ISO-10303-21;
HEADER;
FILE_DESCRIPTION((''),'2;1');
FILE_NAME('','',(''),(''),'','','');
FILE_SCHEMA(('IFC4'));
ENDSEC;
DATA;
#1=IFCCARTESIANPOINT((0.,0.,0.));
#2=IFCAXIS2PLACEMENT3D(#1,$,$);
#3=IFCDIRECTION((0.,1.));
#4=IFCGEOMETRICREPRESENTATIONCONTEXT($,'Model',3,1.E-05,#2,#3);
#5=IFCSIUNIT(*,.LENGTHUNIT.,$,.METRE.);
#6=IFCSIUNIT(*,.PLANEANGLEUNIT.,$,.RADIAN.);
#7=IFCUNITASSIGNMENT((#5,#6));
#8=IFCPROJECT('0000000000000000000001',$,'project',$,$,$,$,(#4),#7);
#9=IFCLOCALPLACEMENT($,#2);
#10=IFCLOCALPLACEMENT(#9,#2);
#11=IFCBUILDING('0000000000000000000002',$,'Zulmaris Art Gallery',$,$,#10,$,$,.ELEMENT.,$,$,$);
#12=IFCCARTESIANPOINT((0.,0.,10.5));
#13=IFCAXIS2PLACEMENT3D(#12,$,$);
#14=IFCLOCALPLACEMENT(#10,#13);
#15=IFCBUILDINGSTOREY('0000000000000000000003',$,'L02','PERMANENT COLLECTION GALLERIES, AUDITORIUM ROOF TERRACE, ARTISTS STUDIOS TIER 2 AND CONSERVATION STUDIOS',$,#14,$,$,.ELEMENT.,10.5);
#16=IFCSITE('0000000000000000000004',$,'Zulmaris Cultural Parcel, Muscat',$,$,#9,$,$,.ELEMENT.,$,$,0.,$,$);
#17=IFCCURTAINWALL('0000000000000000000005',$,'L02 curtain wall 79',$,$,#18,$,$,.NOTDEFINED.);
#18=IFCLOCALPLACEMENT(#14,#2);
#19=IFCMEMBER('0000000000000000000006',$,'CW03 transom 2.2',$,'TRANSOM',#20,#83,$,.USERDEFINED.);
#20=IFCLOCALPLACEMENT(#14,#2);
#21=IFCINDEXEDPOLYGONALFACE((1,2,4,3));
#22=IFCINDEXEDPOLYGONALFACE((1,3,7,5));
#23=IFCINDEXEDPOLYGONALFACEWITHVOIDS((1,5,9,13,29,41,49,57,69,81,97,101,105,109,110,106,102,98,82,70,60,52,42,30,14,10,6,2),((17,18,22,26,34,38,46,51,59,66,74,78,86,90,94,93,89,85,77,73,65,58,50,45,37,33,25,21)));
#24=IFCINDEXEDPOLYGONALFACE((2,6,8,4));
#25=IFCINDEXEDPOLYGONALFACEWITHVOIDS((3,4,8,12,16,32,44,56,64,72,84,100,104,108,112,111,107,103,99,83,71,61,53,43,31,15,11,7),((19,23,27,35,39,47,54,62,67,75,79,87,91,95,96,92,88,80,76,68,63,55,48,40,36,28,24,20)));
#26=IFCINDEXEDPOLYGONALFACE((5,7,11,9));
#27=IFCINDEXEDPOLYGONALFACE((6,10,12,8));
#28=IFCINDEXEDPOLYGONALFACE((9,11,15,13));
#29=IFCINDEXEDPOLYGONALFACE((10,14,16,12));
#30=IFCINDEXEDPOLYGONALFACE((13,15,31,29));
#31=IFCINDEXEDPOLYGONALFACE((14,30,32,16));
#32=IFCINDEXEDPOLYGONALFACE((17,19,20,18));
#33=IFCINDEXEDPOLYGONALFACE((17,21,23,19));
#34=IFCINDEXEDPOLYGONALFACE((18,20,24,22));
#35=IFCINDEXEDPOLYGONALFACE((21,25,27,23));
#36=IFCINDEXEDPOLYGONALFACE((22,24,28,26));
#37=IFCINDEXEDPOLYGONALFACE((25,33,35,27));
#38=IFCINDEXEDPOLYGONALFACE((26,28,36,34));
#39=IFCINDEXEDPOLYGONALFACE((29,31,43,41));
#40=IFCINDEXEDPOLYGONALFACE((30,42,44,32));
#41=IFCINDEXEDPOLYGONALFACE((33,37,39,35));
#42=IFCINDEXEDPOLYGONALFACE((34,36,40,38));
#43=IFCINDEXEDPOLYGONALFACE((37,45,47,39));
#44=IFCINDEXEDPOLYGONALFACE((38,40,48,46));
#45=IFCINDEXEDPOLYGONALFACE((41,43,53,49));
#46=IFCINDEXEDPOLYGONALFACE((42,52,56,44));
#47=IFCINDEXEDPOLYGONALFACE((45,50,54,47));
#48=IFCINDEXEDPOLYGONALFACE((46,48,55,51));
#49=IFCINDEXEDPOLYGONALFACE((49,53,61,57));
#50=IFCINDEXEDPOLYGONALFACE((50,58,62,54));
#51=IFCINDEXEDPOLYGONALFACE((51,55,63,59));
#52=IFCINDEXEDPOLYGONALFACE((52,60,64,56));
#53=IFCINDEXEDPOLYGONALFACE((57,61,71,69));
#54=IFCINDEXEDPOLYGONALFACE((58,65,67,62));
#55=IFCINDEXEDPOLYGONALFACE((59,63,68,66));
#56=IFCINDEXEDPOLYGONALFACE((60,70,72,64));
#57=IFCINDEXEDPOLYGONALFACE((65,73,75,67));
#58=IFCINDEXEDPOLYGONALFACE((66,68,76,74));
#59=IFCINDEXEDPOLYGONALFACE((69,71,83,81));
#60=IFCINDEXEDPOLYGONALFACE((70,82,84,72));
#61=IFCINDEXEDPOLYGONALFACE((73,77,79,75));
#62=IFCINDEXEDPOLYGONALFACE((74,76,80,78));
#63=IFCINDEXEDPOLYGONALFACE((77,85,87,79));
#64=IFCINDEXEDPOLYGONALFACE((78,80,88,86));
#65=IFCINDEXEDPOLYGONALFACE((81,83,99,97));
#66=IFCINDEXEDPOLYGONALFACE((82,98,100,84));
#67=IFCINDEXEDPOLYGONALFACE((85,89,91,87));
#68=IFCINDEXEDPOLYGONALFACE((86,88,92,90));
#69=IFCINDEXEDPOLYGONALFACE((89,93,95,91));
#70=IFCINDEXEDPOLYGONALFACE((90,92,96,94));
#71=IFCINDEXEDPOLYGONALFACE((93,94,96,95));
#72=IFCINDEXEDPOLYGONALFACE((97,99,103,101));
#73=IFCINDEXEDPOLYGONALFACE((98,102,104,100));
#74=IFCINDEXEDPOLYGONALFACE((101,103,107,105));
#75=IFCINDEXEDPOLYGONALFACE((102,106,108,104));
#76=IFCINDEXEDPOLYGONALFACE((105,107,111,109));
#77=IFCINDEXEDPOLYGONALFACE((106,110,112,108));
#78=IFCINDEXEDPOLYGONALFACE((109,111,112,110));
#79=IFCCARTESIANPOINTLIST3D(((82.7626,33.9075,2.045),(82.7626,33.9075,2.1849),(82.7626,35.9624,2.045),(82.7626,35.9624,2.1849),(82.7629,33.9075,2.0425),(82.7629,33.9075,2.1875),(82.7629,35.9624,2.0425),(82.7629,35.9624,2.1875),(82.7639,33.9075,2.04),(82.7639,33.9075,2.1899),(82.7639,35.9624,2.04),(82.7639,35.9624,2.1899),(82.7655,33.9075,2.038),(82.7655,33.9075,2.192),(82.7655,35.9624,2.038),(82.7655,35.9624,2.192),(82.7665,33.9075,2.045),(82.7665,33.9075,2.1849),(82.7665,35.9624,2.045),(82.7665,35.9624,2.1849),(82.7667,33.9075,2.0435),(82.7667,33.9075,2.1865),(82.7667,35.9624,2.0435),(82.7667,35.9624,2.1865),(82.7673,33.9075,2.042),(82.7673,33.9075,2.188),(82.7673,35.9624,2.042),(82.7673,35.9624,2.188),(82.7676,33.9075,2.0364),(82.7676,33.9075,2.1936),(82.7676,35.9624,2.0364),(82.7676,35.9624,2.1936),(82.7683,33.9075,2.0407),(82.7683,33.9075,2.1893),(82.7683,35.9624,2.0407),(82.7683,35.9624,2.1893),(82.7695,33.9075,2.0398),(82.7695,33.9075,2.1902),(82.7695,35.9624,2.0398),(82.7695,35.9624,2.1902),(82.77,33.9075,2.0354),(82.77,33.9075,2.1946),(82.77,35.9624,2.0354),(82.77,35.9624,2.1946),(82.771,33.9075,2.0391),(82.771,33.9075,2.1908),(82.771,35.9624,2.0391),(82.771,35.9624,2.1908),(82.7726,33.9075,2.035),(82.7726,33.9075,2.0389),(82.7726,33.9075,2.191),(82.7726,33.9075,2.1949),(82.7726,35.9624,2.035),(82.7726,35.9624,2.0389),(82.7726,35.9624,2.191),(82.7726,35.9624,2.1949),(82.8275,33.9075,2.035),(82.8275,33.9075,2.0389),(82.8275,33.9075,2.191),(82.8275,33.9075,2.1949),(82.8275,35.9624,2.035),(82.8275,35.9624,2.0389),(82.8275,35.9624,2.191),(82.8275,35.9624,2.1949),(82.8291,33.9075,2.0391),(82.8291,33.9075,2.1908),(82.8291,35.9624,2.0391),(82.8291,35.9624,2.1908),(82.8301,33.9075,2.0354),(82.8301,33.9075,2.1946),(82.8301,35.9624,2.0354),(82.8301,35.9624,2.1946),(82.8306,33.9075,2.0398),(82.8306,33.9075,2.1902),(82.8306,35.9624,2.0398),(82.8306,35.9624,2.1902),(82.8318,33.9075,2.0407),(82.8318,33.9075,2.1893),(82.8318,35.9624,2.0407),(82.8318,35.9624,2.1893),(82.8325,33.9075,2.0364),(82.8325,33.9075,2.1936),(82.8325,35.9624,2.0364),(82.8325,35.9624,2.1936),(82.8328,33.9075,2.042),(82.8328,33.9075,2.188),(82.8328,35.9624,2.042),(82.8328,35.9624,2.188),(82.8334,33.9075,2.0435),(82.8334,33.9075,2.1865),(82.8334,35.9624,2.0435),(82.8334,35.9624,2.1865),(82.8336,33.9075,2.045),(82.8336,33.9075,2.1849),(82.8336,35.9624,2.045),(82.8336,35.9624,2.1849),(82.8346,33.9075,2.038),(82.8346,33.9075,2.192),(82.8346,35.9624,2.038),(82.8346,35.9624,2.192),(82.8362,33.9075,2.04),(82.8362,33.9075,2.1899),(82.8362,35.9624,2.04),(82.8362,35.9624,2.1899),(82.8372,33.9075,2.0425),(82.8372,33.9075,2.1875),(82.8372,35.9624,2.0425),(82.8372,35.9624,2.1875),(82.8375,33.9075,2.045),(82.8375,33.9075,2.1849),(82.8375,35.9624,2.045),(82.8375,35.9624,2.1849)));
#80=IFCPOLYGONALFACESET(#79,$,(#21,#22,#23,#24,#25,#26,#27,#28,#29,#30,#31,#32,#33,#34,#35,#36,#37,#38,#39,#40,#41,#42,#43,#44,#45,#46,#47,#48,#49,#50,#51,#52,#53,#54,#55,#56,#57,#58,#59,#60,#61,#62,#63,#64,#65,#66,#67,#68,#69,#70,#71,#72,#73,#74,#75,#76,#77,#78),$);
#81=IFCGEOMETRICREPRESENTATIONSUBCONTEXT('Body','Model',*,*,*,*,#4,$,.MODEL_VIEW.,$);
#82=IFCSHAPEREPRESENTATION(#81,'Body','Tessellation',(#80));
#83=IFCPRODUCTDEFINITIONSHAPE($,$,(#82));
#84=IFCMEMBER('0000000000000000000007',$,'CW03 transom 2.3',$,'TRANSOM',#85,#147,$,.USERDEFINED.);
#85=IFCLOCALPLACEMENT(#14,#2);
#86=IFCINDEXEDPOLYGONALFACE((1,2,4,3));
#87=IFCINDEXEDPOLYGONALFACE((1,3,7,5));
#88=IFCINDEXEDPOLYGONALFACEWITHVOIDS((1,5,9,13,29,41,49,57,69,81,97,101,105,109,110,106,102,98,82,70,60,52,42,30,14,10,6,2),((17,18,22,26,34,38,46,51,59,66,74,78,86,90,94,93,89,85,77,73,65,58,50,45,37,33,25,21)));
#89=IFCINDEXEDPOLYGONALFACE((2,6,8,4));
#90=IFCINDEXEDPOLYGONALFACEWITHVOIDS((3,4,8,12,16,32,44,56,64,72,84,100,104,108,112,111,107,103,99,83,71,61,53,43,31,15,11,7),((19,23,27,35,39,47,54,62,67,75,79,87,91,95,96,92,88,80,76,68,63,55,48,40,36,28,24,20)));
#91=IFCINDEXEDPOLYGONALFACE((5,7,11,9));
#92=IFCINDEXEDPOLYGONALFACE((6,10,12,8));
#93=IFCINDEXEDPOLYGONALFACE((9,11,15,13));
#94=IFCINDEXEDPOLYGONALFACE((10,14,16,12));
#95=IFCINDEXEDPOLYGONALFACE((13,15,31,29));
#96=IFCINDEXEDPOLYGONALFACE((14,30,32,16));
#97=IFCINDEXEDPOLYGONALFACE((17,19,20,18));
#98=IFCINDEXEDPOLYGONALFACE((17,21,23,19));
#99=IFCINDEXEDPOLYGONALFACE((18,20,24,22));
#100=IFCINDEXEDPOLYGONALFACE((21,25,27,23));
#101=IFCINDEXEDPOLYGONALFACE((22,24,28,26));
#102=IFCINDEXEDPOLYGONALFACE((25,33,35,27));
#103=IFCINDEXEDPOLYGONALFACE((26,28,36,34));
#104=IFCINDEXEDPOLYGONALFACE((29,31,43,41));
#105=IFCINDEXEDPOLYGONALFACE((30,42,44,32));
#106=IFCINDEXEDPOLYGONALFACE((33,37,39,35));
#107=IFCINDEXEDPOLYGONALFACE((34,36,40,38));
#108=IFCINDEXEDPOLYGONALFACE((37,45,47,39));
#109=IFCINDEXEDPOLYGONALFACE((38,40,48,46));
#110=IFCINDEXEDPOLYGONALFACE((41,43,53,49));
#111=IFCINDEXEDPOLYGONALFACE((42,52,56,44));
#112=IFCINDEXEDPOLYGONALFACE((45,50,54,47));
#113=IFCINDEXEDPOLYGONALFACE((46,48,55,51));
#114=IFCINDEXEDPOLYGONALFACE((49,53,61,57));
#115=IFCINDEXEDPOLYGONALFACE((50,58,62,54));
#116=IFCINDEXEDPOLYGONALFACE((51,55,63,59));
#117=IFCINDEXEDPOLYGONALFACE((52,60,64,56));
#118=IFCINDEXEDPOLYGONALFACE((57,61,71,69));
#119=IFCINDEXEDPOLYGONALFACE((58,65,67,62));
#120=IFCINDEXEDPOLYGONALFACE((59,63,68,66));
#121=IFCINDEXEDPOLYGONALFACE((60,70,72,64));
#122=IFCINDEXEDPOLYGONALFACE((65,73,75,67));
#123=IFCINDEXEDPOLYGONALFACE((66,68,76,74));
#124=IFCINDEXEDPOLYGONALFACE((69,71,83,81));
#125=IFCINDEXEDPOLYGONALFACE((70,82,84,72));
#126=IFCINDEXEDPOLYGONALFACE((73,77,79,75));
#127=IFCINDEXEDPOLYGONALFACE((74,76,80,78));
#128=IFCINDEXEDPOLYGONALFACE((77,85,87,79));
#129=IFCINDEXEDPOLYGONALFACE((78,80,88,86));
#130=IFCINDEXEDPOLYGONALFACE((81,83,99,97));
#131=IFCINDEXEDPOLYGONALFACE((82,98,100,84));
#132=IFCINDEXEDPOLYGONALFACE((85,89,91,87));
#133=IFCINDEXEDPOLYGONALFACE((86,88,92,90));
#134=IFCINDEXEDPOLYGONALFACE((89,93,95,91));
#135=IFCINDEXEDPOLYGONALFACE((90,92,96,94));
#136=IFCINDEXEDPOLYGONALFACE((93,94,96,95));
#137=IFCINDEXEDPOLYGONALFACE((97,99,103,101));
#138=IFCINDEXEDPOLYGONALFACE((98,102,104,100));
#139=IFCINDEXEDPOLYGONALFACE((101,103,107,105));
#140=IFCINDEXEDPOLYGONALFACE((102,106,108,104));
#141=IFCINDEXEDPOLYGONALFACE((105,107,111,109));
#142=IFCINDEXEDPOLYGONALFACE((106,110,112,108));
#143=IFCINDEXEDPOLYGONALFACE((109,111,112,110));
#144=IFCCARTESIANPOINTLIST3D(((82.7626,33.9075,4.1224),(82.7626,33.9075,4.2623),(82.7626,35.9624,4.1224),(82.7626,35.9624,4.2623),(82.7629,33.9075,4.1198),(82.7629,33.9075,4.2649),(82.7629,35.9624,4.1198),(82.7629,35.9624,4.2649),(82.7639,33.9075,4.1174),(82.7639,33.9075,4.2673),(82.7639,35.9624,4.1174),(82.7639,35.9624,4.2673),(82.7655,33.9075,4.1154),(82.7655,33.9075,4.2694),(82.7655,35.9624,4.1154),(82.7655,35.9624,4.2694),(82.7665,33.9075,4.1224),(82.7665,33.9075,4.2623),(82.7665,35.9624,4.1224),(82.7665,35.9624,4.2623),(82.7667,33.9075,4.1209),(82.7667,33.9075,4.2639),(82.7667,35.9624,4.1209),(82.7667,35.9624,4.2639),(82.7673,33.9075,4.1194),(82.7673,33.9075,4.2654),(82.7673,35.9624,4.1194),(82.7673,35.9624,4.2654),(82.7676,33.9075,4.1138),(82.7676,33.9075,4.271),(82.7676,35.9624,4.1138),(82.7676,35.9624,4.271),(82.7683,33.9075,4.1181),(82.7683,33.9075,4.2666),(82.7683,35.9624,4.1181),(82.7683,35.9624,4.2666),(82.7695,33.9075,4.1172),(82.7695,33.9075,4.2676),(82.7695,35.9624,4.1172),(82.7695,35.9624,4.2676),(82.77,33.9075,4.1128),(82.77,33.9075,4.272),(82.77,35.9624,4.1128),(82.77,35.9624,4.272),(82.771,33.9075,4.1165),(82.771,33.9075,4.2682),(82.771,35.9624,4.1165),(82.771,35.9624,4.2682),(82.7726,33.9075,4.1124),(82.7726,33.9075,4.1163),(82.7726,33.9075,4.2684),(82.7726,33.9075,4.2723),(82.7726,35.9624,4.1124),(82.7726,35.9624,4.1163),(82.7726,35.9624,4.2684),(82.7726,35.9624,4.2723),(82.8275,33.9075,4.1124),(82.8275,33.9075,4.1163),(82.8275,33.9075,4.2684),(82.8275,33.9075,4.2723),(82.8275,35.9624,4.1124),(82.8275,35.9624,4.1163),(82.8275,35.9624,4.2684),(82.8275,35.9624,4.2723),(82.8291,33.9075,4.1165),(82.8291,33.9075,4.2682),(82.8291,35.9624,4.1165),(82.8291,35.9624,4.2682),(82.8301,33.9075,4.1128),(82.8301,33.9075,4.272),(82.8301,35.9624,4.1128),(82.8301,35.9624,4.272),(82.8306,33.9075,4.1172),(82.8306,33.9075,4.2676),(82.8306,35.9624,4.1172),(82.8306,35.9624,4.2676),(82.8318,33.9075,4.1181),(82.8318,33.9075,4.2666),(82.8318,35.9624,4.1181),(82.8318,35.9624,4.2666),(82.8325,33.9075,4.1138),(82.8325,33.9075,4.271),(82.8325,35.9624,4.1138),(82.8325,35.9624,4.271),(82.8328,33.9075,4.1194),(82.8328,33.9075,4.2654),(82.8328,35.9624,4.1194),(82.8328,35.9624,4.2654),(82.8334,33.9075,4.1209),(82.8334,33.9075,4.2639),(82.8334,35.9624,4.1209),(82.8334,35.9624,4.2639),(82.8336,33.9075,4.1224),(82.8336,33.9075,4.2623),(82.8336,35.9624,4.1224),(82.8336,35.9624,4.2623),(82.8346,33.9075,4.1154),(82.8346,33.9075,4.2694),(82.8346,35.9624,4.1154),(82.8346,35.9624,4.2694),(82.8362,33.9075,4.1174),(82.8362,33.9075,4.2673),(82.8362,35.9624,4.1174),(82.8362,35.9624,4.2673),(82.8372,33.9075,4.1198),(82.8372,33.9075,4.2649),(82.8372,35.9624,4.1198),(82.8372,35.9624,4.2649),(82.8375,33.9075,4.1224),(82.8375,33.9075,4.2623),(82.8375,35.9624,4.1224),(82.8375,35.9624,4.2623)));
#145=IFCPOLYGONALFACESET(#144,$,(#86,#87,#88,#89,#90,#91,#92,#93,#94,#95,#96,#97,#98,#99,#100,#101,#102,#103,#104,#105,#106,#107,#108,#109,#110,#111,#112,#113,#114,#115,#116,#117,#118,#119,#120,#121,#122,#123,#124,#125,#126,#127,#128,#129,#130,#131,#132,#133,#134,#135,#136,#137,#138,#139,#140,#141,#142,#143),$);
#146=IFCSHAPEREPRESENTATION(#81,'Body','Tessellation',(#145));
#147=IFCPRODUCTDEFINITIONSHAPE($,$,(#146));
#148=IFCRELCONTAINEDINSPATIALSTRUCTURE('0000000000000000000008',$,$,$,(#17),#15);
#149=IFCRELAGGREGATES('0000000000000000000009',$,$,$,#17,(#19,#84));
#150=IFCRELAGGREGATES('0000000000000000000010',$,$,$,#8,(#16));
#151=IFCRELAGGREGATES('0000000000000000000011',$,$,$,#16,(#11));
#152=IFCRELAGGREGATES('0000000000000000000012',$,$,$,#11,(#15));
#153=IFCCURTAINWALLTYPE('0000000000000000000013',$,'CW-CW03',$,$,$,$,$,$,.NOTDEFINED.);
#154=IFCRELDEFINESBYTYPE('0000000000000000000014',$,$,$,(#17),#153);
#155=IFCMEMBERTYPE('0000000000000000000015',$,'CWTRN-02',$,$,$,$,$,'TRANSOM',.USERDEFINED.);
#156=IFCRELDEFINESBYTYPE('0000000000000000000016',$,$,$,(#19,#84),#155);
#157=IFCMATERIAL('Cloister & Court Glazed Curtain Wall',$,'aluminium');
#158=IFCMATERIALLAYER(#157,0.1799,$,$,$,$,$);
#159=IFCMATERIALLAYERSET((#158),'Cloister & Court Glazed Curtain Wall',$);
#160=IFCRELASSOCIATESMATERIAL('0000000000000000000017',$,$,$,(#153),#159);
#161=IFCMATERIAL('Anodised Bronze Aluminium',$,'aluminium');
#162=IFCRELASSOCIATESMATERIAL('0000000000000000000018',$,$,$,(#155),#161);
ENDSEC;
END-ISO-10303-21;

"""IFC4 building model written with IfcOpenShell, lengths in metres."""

from ifc_helpers import new_model, si_unit, direction, frame, origin, origin_2d, place, context, subcontext, project, spatial, hollow_rectangle, extrude, material, layer, layer_set, material_profile, profile_set, type_object, element, aggregate, save


model = new_model("IFC4")

# Units and contexts
model_context = context("Model", 3, precision=1e-05, world=origin(), true_north=direction((0.0, 1.0)))
body_context = subcontext(model_context, "Body", "Model", "MODEL_VIEW")
ifc_project = project(units=[si_unit("LENGTHUNIT", "METRE"), si_unit("PLANEANGLEUNIT", "RADIAN")], contexts=[model_context])

# Site, building, storey
site_placement = place(None, origin())
site = spatial("IfcSite", under=ifc_project, at=site_placement, Name="Zulmaris Cultural Parcel, Muscat", CompositionType="ELEMENT", RefElevation=0.0)
building_placement = place(site_placement, origin())
building = spatial("IfcBuilding", under=site, at=building_placement, Name="Zulmaris Art Gallery", CompositionType="ELEMENT")
storey_placement = place(building_placement, frame((0.0, 0.0, 10.5)))
storey = spatial("IfcBuildingStorey", under=building, at=storey_placement, Name="L02", Description="PERMANENT COLLECTION GALLERIES, AUDITORIUM ROOF TERRACE, ARTISTS STUDIOS TIER 2 AND CONSERVATION STUDIOS", CompositionType="ELEMENT", Elevation=10.5)

# Curtain wall, members
ifc_material_1 = material(Name="Cloister & Court Glazed Curtain Wall", Category="aluminium")
ifc_layer_1 = layer(ifc_material_1, 0.1799)
ifc_layer_set_1 = layer_set([ifc_layer_1], Name="Cloister & Court Glazed Curtain Wall")
curtain_wall_type = type_object("IfcCurtainWallType", Name="CW-CW03", PredefinedType="NOTDEFINED", material=ifc_layer_set_1)
ifc_material_2 = material(Name="Anodised Bronze Aluminium", Category="aluminium")
ifc_material_profile_1 = material_profile(ifc_material_2, hollow_rectangle(XDim=0.075, YDim=0.1599, WallThickness=0.0039, InnerFilletRadius=0.0061, OuterFilletRadius=0.01, at=origin_2d()), Name="ALU 75x160x4")
ifc_profile_set_1 = profile_set([ifc_material_profile_1], Name="Anodised Bronze Aluminium")
member_type_1 = type_object("IfcMemberType", Name="CWTRN-02", ElementType="TRANSOM", PredefinedType="USERDEFINED", material=ifc_profile_set_1)
curtain_wall_1_placement = place(storey_placement, origin())
curtain_wall_1 = element("IfcCurtainWall", 1, at=curtain_wall_1_placement, inside=storey, type_object=curtain_wall_type, Name="L02 curtain wall 79", PredefinedType="NOTDEFINED")
member_1_placement = place(storey_placement, frame((82.8, 33.9075, 2.115), z_axis=(0.0, 1.0, 0.0), x_axis=(-1.0, 0.0, 0.0)))
member_1 = element("IfcMember", 2, at=member_1_placement, type_object=member_type_1, Name="CW03 transom 2.2", ObjectType="TRANSOM", PredefinedType="USERDEFINED", context=body_context, shape_type="SweptSolid", body=[
    extrude(hollow_rectangle(XDim=0.075, YDim=0.1599, WallThickness=0.0039, InnerFilletRadius=0.0061, OuterFilletRadius=0.01, at=origin_2d()), origin(), (0.0, 0.0, 1.0), 2.0549),
])
member_2_placement = place(storey_placement, frame((82.8, 33.9075, 4.1924), z_axis=(0.0, 1.0, 0.0), x_axis=(-1.0, 0.0, 0.0)))
member_2 = element("IfcMember", 3, at=member_2_placement, type_object=member_type_1, Name="CW03 transom 2.3", ObjectType="TRANSOM", PredefinedType="USERDEFINED", context=body_context, shape_type="SweptSolid", body=[
    extrude(hollow_rectangle(XDim=0.075, YDim=0.1599, WallThickness=0.0039, InnerFilletRadius=0.0061, OuterFilletRadius=0.01, at=origin_2d()), origin(), (0.0, 0.0, 1.0), 2.0549),
])

aggregate(curtain_wall_1, [member_1, member_2])

save(model, "model.ifc")
